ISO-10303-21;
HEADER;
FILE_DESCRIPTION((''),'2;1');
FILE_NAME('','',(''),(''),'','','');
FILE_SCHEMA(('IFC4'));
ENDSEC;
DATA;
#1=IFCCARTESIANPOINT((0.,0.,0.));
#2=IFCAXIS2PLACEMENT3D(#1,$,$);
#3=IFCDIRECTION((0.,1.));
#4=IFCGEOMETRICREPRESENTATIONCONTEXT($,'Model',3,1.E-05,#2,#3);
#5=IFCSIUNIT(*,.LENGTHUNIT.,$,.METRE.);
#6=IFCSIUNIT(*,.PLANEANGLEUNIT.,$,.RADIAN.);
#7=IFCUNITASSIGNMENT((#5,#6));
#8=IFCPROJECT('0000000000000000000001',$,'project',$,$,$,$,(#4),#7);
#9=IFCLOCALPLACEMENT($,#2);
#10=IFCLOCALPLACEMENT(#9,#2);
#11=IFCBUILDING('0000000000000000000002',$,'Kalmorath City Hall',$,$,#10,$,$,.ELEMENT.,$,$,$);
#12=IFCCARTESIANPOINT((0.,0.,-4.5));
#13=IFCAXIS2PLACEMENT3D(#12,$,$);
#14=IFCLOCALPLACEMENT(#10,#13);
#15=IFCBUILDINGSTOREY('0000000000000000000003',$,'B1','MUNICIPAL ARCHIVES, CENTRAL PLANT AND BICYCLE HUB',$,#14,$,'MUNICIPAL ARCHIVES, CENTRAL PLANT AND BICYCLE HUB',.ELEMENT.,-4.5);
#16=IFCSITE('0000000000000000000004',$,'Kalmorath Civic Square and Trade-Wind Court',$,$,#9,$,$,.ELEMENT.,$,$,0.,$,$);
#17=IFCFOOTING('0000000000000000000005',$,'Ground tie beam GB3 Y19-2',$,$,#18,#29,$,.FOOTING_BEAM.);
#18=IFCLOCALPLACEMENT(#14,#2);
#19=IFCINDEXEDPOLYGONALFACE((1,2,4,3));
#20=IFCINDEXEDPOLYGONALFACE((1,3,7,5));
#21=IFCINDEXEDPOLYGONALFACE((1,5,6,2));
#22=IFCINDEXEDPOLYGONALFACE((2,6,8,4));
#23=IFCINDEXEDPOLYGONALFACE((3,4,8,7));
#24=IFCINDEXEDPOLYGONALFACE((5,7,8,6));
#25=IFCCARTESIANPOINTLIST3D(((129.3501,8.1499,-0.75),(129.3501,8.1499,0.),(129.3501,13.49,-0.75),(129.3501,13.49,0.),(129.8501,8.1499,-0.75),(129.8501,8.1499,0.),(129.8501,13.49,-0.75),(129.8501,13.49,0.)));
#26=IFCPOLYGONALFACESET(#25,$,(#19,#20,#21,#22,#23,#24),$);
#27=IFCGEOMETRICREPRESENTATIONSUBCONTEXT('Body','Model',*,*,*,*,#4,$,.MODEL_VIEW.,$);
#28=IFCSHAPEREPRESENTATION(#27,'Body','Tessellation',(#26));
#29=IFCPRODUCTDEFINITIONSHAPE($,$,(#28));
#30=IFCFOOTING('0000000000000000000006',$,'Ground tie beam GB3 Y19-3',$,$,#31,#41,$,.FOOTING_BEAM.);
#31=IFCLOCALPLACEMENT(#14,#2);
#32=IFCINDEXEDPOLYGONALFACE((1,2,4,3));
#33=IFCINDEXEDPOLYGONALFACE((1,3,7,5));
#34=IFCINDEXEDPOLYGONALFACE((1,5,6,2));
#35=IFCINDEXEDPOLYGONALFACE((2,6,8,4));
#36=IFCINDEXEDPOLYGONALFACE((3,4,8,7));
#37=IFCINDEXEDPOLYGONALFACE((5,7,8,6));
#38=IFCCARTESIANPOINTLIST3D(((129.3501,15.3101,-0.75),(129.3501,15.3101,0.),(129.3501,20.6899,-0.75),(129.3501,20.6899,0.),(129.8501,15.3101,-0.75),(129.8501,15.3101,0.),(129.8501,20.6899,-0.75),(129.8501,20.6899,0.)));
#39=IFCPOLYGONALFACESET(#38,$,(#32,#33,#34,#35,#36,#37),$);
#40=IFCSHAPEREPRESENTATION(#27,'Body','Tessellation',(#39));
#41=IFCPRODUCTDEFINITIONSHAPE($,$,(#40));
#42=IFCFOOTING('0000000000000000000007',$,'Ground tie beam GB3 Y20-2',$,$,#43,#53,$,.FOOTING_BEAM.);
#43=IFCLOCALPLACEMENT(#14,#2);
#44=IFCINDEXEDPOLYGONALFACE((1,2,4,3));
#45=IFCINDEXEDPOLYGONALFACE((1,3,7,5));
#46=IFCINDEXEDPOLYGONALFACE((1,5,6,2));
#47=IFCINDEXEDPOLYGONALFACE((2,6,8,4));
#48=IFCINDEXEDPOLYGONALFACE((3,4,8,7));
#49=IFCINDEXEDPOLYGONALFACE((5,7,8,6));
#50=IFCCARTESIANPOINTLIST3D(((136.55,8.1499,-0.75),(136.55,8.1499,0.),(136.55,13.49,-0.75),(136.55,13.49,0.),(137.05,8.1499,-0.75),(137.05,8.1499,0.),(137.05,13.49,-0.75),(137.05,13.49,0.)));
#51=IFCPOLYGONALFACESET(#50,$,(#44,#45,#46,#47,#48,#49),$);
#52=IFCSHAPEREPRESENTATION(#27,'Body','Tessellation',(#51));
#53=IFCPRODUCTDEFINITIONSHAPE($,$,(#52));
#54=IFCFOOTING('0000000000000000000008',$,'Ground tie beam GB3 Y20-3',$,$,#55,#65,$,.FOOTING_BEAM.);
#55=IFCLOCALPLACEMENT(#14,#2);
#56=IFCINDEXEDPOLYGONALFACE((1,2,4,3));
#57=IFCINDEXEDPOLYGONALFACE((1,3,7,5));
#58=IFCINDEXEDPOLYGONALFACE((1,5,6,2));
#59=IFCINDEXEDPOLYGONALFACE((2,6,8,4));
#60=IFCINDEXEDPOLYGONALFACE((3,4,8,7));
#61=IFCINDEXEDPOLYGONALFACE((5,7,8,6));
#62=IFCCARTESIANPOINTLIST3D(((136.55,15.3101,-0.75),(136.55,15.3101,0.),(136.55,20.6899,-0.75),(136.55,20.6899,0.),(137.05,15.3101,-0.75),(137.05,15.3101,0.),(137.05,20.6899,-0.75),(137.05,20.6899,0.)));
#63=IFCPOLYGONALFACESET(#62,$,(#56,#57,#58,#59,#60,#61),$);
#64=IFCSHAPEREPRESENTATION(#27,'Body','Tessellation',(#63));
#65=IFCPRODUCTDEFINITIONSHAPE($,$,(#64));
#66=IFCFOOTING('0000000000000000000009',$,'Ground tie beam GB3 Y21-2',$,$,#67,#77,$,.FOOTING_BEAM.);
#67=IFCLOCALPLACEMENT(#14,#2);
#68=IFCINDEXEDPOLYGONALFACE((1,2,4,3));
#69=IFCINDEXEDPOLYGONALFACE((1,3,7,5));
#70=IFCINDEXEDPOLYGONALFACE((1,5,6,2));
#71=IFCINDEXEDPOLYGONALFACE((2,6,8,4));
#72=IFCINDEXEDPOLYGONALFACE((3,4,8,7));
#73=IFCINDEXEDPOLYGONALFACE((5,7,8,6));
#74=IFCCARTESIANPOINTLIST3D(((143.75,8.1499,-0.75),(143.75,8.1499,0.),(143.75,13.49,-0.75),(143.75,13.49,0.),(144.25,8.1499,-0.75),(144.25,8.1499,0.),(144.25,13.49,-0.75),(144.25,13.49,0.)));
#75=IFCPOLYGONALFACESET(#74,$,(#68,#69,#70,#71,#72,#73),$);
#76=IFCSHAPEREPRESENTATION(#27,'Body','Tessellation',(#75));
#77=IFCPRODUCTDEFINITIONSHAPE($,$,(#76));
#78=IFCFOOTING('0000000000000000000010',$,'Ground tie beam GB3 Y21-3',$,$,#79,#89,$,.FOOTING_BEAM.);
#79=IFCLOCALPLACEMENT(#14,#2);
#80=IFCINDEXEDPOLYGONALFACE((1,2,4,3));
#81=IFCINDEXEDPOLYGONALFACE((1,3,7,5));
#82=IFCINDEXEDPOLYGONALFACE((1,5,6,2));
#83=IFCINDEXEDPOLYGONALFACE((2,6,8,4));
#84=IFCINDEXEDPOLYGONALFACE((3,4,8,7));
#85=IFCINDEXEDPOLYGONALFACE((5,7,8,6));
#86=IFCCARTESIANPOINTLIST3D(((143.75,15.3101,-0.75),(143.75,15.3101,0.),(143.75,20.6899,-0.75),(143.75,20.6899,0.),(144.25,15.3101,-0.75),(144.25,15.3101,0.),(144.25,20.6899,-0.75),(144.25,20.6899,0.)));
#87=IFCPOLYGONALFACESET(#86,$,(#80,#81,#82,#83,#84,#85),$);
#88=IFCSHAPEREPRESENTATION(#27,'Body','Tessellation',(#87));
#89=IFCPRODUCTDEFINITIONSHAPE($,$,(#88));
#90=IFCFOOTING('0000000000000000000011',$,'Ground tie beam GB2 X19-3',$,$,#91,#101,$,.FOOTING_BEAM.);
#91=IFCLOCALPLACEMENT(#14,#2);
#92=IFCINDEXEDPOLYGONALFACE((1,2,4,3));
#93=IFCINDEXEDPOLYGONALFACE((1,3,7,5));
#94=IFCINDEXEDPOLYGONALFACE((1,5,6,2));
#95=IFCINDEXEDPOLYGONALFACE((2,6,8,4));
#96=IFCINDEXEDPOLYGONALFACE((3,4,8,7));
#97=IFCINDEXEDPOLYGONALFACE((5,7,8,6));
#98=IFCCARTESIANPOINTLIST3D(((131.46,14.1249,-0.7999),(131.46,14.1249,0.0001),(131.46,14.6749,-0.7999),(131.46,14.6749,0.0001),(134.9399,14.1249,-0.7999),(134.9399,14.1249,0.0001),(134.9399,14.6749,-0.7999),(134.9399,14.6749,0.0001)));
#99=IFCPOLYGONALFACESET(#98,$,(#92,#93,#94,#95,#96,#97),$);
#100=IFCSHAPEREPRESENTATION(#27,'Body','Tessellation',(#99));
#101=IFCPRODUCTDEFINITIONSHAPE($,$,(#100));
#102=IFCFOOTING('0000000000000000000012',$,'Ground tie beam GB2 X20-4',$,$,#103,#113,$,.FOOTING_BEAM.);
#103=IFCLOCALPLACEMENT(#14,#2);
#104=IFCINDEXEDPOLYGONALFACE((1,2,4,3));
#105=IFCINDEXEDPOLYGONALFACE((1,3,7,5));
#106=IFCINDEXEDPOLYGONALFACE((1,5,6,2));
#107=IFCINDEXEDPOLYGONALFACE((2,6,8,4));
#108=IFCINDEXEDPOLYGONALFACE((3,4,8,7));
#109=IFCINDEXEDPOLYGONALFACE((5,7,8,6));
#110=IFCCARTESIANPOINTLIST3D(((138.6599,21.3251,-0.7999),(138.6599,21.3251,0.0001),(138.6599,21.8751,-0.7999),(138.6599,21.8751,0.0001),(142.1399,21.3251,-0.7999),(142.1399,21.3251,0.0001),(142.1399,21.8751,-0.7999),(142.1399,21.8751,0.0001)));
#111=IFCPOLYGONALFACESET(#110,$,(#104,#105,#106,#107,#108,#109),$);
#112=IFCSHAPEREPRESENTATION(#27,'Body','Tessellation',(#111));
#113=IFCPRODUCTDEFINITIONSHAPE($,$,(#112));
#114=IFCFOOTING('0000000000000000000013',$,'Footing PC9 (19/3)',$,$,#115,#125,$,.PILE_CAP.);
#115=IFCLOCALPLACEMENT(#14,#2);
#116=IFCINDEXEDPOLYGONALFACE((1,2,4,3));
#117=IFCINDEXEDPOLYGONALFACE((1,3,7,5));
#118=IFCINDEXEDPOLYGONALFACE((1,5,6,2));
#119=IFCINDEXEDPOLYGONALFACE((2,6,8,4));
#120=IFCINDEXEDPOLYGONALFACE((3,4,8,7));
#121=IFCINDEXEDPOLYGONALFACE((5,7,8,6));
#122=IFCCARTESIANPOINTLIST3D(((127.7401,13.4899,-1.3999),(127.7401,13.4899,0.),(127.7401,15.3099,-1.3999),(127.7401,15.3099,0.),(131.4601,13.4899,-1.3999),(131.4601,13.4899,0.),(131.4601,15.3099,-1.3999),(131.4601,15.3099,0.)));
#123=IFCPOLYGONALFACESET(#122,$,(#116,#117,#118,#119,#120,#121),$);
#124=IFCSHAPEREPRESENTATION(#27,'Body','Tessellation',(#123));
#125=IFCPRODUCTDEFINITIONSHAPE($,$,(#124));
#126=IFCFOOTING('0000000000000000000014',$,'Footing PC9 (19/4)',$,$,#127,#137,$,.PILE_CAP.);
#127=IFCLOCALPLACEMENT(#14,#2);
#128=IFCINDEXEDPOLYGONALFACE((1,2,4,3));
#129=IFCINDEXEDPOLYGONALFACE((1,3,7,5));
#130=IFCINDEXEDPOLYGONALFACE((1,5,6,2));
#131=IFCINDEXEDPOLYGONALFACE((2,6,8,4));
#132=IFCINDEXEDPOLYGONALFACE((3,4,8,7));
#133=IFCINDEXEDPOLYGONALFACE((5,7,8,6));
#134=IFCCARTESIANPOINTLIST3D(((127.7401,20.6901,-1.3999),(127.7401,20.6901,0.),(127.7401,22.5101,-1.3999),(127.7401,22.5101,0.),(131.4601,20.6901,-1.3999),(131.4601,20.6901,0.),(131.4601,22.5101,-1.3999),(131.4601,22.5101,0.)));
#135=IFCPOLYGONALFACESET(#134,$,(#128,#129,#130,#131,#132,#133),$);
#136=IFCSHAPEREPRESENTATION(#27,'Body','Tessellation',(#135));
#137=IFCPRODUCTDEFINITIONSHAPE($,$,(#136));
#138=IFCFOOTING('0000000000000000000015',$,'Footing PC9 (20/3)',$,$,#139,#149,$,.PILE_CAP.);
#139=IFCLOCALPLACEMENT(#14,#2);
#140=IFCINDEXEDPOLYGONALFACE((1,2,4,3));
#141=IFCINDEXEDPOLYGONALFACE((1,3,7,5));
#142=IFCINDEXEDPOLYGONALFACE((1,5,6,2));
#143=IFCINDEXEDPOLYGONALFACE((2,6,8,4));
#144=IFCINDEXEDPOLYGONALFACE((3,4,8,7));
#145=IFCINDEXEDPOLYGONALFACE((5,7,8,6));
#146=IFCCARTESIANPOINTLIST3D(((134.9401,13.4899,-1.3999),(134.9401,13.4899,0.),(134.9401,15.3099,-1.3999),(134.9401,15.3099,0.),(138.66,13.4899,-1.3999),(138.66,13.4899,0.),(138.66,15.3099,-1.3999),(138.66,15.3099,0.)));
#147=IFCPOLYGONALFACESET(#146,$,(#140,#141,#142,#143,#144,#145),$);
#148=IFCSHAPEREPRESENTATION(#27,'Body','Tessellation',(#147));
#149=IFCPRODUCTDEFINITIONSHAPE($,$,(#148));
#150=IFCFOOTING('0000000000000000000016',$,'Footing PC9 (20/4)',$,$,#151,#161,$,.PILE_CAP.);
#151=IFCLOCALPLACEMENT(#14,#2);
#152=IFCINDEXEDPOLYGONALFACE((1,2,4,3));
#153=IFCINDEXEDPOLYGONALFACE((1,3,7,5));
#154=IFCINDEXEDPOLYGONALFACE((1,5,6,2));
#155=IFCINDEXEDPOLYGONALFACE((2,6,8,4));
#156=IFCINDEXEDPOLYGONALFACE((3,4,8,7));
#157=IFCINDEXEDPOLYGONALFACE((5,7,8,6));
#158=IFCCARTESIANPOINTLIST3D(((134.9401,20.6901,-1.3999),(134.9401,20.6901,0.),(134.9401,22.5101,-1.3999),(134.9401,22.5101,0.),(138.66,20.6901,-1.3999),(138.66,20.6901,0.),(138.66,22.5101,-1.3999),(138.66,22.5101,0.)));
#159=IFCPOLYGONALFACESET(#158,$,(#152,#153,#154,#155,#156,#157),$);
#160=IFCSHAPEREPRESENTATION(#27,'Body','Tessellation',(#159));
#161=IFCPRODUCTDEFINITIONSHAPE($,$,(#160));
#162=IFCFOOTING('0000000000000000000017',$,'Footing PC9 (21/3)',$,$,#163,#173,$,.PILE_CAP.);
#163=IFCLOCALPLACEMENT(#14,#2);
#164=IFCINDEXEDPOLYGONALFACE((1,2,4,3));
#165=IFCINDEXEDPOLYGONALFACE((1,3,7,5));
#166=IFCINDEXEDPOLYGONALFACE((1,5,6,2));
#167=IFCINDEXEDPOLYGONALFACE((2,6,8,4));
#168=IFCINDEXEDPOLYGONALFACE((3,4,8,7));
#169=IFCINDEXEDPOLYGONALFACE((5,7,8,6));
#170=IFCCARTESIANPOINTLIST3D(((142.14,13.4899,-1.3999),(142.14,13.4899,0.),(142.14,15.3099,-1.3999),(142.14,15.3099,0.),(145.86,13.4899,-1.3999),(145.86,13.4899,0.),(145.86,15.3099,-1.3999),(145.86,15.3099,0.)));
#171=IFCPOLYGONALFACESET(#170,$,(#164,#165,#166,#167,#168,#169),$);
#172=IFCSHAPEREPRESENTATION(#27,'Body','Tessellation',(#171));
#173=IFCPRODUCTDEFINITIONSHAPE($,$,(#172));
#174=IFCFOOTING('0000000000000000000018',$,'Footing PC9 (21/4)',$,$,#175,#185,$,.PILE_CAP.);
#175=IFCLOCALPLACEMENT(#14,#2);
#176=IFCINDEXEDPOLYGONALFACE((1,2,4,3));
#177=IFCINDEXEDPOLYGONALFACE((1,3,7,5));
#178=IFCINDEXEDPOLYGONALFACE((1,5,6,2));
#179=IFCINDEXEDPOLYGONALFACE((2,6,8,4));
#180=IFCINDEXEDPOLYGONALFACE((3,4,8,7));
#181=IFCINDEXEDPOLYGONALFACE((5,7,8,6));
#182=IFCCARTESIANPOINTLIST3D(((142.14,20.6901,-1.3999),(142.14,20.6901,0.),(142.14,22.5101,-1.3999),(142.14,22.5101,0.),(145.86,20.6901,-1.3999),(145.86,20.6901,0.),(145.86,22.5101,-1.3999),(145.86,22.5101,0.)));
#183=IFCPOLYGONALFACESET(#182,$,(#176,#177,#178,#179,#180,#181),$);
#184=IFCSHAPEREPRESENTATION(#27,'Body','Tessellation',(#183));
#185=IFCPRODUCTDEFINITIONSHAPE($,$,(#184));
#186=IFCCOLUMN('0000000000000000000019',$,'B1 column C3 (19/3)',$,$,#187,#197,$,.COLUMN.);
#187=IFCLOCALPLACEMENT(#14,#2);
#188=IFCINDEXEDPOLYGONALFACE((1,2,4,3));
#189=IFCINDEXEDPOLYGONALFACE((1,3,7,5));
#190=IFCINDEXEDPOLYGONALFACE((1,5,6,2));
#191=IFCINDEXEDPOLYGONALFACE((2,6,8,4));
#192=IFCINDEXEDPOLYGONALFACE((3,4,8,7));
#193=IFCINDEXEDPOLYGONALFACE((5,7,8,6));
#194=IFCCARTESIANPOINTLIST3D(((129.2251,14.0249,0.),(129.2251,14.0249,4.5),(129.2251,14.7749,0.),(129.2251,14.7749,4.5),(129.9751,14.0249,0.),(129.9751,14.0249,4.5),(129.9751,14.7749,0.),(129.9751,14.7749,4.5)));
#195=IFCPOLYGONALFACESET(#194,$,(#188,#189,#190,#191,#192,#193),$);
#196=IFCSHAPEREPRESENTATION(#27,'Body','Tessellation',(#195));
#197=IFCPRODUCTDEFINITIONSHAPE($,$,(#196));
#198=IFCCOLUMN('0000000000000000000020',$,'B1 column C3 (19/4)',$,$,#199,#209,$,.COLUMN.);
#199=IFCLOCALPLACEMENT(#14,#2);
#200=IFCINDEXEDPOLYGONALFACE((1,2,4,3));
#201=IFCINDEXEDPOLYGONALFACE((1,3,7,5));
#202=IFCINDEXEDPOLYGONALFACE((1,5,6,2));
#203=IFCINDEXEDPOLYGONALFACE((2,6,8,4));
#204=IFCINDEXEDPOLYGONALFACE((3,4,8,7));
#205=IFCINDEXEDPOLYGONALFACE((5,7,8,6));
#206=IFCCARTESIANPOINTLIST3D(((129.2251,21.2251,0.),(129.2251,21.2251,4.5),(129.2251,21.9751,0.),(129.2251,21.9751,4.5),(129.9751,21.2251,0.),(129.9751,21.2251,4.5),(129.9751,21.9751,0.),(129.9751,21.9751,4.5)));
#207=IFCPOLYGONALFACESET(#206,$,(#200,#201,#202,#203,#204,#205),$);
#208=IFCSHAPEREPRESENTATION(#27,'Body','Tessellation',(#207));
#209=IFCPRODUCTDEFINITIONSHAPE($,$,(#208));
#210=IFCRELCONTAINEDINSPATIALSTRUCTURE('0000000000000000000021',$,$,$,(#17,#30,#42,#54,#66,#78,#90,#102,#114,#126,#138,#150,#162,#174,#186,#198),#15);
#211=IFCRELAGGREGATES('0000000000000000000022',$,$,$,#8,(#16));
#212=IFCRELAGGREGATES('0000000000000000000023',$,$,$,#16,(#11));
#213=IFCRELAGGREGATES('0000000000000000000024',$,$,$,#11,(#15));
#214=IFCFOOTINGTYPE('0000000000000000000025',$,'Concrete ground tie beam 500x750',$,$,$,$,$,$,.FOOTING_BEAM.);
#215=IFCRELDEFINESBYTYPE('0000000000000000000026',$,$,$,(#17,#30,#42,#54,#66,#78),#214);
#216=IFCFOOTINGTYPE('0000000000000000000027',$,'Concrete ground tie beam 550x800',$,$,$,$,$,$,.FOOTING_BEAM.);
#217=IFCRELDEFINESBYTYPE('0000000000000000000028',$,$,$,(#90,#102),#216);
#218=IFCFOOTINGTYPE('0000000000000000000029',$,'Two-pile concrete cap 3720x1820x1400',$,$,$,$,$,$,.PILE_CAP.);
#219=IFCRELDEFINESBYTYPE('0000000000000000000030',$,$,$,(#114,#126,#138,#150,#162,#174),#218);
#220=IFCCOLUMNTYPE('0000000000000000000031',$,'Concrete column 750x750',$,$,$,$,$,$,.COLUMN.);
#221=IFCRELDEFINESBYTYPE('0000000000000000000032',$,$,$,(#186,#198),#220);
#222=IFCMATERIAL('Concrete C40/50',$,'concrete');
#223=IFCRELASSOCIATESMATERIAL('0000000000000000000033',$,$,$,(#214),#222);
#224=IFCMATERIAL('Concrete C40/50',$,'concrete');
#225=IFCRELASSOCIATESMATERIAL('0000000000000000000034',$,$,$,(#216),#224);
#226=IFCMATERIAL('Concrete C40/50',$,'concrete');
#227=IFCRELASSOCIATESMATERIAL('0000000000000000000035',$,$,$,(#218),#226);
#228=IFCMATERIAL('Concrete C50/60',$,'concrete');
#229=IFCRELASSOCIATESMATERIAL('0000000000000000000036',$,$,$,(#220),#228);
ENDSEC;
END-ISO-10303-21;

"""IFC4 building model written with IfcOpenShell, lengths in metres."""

from ifc_helpers import new_model, si_unit, direction, frame, origin, origin_2d, place, context, subcontext, project, spatial, rectangle, extrude, material, material_profile, profile_set, type_object, element, save


model = new_model("IFC4")

# Units and contexts
model_context = context("Model", 3, precision=1e-05, world=origin(), true_north=direction((0.0, 1.0)))
body_context = subcontext(model_context, "Body", "Model", "MODEL_VIEW")
ifc_project = project(units=[si_unit("LENGTHUNIT", "METRE"), si_unit("PLANEANGLEUNIT", "RADIAN")], contexts=[model_context])

# Site, building, storey
site_placement = place(None, origin())
site = spatial("IfcSite", under=ifc_project, at=site_placement, Name="Kalmorath Civic Square and Trade-Wind Court", CompositionType="ELEMENT", RefElevation=0.0)
building_placement = place(site_placement, origin())
building = spatial("IfcBuilding", under=site, at=building_placement, Name="Kalmorath City Hall", CompositionType="ELEMENT")
storey_placement = place(building_placement, frame((0.0, 0.0, -4.5)))
storey = spatial("IfcBuildingStorey", under=building, at=storey_placement, Name="B1", Description="MUNICIPAL ARCHIVES, CENTRAL PLANT AND BICYCLE HUB", LongName="MUNICIPAL ARCHIVES, CENTRAL PLANT AND BICYCLE HUB", CompositionType="ELEMENT", Elevation=-4.5)

# Footings
ifc_material_1 = material(Name="Concrete C40/50", Category="concrete")
ifc_material_profile_1 = material_profile(ifc_material_1, rectangle(XDim=0.5, YDim=0.75, at=origin_2d()), Name="RC-BM-500X750")
ifc_profile_set_1 = profile_set([ifc_material_profile_1], Name="Concrete C40/50")
footing_type_1 = type_object("IfcFootingType", Name="Concrete ground tie beam 500x750", PredefinedType="FOOTING_BEAM", material=ifc_profile_set_1)
footing_1_placement = place(storey_placement, frame((129.6001, 8.1499, -0.375), z_axis=(0.0, 1.0, 0.0), x_axis=(-1.0, 0.0, 0.0)))
element("IfcFooting", 1, at=footing_1_placement, inside=storey, type_object=footing_type_1, Name="Ground tie beam GB3 Y19-2", PredefinedType="FOOTING_BEAM", context=body_context, shape_type="SweptSolid", body=[
    extrude(rectangle(XDim=0.5, YDim=0.75, at=origin_2d()), origin(), (0.0, 0.0, 1.0), 5.3401),
])
footing_2_placement = place(storey_placement, frame((129.6001, 15.3101, -0.375), z_axis=(0.0, 1.0, 0.0), x_axis=(-1.0, 0.0, 0.0)))
element("IfcFooting", 2, at=footing_2_placement, inside=storey, type_object=footing_type_1, Name="Ground tie beam GB3 Y19-3", PredefinedType="FOOTING_BEAM", context=body_context, shape_type="SweptSolid", body=[
    extrude(rectangle(XDim=0.5, YDim=0.75, at=origin_2d()), origin(), (0.0, 0.0, 1.0), 5.3799),
])
footing_3_placement = place(storey_placement, frame((136.8, 8.1499, -0.375), z_axis=(0.0, 1.0, 0.0), x_axis=(-1.0, 0.0, 0.0)))
element("IfcFooting", 3, at=footing_3_placement, inside=storey, type_object=footing_type_1, Name="Ground tie beam GB3 Y20-2", PredefinedType="FOOTING_BEAM", context=body_context, shape_type="SweptSolid", body=[
    extrude(rectangle(XDim=0.5, YDim=0.75, at=origin_2d()), origin(), (0.0, 0.0, 1.0), 5.3401),
])
footing_4_placement = place(storey_placement, frame((136.8, 15.3101, -0.375), z_axis=(0.0, 1.0, 0.0), x_axis=(-1.0, 0.0, 0.0)))
element("IfcFooting", 4, at=footing_4_placement, inside=storey, type_object=footing_type_1, Name="Ground tie beam GB3 Y20-3", PredefinedType="FOOTING_BEAM", context=body_context, shape_type="SweptSolid", body=[
    extrude(rectangle(XDim=0.5, YDim=0.75, at=origin_2d()), origin(), (0.0, 0.0, 1.0), 5.3799),
])
footing_5_placement = place(storey_placement, frame((144.0, 8.1499, -0.375), z_axis=(0.0, 1.0, 0.0), x_axis=(-1.0, 0.0, 0.0)))
element("IfcFooting", 5, at=footing_5_placement, inside=storey, type_object=footing_type_1, Name="Ground tie beam GB3 Y21-2", PredefinedType="FOOTING_BEAM", context=body_context, shape_type="SweptSolid", body=[
    extrude(rectangle(XDim=0.5, YDim=0.75, at=origin_2d()), origin(), (0.0, 0.0, 1.0), 5.3401),
])
footing_6_placement = place(storey_placement, frame((144.0, 15.3101, -0.375), z_axis=(0.0, 1.0, 0.0), x_axis=(-1.0, 0.0, 0.0)))
element("IfcFooting", 6, at=footing_6_placement, inside=storey, type_object=footing_type_1, Name="Ground tie beam GB3 Y21-3", PredefinedType="FOOTING_BEAM", context=body_context, shape_type="SweptSolid", body=[
    extrude(rectangle(XDim=0.5, YDim=0.75, at=origin_2d()), origin(), (0.0, 0.0, 1.0), 5.3799),
])
ifc_material_2 = material(Name="Concrete C40/50", Category="concrete")
ifc_material_profile_2 = material_profile(ifc_material_2, rectangle(XDim=0.55, YDim=0.8, at=origin_2d()), Name="RC-BM-550X800")
ifc_profile_set_2 = profile_set([ifc_material_profile_2], Name="Concrete C40/50")
footing_type_2 = type_object("IfcFootingType", Name="Concrete ground tie beam 550x800", PredefinedType="FOOTING_BEAM", material=ifc_profile_set_2)
for number, where, z_axis, x_axis, name in (
    (7, (131.46, 14.3999, -0.3999), (1.0, 0.0, 0.0), (0.0, 1.0, 0.0), "Ground tie beam GB2 X19-3"),
    (8, (138.6599, 21.6001, -0.3999), (1.0, 0.0, 0.0), (0.0, 1.0, 0.0), "Ground tie beam GB2 X20-4"),
):
    element("IfcFooting", number, at=place(storey_placement, frame(where, z_axis=z_axis, x_axis=x_axis)), inside=storey, type_object=footing_type_2, Name=name, PredefinedType="FOOTING_BEAM", context=body_context, shape_type="SweptSolid", body=[
        extrude(rectangle(XDim=0.55, YDim=0.8, at=origin_2d()), origin(), (0.0, 0.0, 1.0), 3.48),
    ])
ifc_material_3 = material(Name="Concrete C40/50", Category="concrete")
footing_type_3 = type_object("IfcFootingType", Name="Two-pile concrete cap 3720x1820x1400", PredefinedType="PILE_CAP", material=ifc_material_3)
for number, where, z_axis, x_axis, name in (
    (9, (129.6001, 14.3999, -1.3999), (0.0, 0.0, 1.0), (1.0, 0.0, 0.0), "Footing PC9 (19/3)"),
    (10, (129.6001, 21.6001, -1.3999), (0.0, 0.0, 1.0), (1.0, 0.0, 0.0), "Footing PC9 (19/4)"),
    (11, (136.8, 14.3999, -1.3999), (0.0, 0.0, 1.0), (1.0, 0.0, 0.0), "Footing PC9 (20/3)"),
    (12, (136.8, 21.6001, -1.3999), (0.0, 0.0, 1.0), (1.0, 0.0, 0.0), "Footing PC9 (20/4)"),
    (13, (144.0, 14.3999, -1.3999), (0.0, 0.0, 1.0), (1.0, 0.0, 0.0), "Footing PC9 (21/3)"),
    (14, (144.0, 21.6001, -1.3999), (0.0, 0.0, 1.0), (1.0, 0.0, 0.0), "Footing PC9 (21/4)"),
):
    element("IfcFooting", number, at=place(storey_placement, frame(where, z_axis=z_axis, x_axis=x_axis)), inside=storey, type_object=footing_type_3, Name=name, PredefinedType="PILE_CAP", context=body_context, shape_type="SweptSolid", body=[
        extrude(rectangle(XDim=3.72, YDim=1.8201, at=origin_2d()), origin(), (0.0, 0.0, 1.0), 1.3999),
    ])

# Columns
ifc_material_4 = material(Name="Concrete C50/60", Category="concrete")
ifc_material_profile_3 = material_profile(ifc_material_4, rectangle(XDim=0.75, YDim=0.75, at=origin_2d()), Name="RC-COL-750X750")
ifc_profile_set_3 = profile_set([ifc_material_profile_3], Name="Concrete C50/60")
column_type = type_object("IfcColumnType", Name="Concrete column 750x750", PredefinedType="COLUMN", material=ifc_profile_set_3)
for number, where, z_axis, x_axis, name in (
    (15, (129.6001, 14.3999, 0.0), (0.0, 0.0, 1.0), (1.0, 0.0, 0.0), "B1 column C3 (19/3)"),
    (16, (129.6001, 21.6001, 0.0), (0.0, 0.0, 1.0), (1.0, 0.0, 0.0), "B1 column C3 (19/4)"),
):
    element("IfcColumn", number, at=place(storey_placement, frame(where, z_axis=z_axis, x_axis=x_axis)), inside=storey, type_object=column_type, Name=name, PredefinedType="COLUMN", context=body_context, shape_type="SweptSolid", body=[
        extrude(rectangle(XDim=0.75, YDim=0.75, at=origin_2d()), origin(), (0.0, 0.0, 1.0), 4.5),
    ])

save(model, "model.ifc")
